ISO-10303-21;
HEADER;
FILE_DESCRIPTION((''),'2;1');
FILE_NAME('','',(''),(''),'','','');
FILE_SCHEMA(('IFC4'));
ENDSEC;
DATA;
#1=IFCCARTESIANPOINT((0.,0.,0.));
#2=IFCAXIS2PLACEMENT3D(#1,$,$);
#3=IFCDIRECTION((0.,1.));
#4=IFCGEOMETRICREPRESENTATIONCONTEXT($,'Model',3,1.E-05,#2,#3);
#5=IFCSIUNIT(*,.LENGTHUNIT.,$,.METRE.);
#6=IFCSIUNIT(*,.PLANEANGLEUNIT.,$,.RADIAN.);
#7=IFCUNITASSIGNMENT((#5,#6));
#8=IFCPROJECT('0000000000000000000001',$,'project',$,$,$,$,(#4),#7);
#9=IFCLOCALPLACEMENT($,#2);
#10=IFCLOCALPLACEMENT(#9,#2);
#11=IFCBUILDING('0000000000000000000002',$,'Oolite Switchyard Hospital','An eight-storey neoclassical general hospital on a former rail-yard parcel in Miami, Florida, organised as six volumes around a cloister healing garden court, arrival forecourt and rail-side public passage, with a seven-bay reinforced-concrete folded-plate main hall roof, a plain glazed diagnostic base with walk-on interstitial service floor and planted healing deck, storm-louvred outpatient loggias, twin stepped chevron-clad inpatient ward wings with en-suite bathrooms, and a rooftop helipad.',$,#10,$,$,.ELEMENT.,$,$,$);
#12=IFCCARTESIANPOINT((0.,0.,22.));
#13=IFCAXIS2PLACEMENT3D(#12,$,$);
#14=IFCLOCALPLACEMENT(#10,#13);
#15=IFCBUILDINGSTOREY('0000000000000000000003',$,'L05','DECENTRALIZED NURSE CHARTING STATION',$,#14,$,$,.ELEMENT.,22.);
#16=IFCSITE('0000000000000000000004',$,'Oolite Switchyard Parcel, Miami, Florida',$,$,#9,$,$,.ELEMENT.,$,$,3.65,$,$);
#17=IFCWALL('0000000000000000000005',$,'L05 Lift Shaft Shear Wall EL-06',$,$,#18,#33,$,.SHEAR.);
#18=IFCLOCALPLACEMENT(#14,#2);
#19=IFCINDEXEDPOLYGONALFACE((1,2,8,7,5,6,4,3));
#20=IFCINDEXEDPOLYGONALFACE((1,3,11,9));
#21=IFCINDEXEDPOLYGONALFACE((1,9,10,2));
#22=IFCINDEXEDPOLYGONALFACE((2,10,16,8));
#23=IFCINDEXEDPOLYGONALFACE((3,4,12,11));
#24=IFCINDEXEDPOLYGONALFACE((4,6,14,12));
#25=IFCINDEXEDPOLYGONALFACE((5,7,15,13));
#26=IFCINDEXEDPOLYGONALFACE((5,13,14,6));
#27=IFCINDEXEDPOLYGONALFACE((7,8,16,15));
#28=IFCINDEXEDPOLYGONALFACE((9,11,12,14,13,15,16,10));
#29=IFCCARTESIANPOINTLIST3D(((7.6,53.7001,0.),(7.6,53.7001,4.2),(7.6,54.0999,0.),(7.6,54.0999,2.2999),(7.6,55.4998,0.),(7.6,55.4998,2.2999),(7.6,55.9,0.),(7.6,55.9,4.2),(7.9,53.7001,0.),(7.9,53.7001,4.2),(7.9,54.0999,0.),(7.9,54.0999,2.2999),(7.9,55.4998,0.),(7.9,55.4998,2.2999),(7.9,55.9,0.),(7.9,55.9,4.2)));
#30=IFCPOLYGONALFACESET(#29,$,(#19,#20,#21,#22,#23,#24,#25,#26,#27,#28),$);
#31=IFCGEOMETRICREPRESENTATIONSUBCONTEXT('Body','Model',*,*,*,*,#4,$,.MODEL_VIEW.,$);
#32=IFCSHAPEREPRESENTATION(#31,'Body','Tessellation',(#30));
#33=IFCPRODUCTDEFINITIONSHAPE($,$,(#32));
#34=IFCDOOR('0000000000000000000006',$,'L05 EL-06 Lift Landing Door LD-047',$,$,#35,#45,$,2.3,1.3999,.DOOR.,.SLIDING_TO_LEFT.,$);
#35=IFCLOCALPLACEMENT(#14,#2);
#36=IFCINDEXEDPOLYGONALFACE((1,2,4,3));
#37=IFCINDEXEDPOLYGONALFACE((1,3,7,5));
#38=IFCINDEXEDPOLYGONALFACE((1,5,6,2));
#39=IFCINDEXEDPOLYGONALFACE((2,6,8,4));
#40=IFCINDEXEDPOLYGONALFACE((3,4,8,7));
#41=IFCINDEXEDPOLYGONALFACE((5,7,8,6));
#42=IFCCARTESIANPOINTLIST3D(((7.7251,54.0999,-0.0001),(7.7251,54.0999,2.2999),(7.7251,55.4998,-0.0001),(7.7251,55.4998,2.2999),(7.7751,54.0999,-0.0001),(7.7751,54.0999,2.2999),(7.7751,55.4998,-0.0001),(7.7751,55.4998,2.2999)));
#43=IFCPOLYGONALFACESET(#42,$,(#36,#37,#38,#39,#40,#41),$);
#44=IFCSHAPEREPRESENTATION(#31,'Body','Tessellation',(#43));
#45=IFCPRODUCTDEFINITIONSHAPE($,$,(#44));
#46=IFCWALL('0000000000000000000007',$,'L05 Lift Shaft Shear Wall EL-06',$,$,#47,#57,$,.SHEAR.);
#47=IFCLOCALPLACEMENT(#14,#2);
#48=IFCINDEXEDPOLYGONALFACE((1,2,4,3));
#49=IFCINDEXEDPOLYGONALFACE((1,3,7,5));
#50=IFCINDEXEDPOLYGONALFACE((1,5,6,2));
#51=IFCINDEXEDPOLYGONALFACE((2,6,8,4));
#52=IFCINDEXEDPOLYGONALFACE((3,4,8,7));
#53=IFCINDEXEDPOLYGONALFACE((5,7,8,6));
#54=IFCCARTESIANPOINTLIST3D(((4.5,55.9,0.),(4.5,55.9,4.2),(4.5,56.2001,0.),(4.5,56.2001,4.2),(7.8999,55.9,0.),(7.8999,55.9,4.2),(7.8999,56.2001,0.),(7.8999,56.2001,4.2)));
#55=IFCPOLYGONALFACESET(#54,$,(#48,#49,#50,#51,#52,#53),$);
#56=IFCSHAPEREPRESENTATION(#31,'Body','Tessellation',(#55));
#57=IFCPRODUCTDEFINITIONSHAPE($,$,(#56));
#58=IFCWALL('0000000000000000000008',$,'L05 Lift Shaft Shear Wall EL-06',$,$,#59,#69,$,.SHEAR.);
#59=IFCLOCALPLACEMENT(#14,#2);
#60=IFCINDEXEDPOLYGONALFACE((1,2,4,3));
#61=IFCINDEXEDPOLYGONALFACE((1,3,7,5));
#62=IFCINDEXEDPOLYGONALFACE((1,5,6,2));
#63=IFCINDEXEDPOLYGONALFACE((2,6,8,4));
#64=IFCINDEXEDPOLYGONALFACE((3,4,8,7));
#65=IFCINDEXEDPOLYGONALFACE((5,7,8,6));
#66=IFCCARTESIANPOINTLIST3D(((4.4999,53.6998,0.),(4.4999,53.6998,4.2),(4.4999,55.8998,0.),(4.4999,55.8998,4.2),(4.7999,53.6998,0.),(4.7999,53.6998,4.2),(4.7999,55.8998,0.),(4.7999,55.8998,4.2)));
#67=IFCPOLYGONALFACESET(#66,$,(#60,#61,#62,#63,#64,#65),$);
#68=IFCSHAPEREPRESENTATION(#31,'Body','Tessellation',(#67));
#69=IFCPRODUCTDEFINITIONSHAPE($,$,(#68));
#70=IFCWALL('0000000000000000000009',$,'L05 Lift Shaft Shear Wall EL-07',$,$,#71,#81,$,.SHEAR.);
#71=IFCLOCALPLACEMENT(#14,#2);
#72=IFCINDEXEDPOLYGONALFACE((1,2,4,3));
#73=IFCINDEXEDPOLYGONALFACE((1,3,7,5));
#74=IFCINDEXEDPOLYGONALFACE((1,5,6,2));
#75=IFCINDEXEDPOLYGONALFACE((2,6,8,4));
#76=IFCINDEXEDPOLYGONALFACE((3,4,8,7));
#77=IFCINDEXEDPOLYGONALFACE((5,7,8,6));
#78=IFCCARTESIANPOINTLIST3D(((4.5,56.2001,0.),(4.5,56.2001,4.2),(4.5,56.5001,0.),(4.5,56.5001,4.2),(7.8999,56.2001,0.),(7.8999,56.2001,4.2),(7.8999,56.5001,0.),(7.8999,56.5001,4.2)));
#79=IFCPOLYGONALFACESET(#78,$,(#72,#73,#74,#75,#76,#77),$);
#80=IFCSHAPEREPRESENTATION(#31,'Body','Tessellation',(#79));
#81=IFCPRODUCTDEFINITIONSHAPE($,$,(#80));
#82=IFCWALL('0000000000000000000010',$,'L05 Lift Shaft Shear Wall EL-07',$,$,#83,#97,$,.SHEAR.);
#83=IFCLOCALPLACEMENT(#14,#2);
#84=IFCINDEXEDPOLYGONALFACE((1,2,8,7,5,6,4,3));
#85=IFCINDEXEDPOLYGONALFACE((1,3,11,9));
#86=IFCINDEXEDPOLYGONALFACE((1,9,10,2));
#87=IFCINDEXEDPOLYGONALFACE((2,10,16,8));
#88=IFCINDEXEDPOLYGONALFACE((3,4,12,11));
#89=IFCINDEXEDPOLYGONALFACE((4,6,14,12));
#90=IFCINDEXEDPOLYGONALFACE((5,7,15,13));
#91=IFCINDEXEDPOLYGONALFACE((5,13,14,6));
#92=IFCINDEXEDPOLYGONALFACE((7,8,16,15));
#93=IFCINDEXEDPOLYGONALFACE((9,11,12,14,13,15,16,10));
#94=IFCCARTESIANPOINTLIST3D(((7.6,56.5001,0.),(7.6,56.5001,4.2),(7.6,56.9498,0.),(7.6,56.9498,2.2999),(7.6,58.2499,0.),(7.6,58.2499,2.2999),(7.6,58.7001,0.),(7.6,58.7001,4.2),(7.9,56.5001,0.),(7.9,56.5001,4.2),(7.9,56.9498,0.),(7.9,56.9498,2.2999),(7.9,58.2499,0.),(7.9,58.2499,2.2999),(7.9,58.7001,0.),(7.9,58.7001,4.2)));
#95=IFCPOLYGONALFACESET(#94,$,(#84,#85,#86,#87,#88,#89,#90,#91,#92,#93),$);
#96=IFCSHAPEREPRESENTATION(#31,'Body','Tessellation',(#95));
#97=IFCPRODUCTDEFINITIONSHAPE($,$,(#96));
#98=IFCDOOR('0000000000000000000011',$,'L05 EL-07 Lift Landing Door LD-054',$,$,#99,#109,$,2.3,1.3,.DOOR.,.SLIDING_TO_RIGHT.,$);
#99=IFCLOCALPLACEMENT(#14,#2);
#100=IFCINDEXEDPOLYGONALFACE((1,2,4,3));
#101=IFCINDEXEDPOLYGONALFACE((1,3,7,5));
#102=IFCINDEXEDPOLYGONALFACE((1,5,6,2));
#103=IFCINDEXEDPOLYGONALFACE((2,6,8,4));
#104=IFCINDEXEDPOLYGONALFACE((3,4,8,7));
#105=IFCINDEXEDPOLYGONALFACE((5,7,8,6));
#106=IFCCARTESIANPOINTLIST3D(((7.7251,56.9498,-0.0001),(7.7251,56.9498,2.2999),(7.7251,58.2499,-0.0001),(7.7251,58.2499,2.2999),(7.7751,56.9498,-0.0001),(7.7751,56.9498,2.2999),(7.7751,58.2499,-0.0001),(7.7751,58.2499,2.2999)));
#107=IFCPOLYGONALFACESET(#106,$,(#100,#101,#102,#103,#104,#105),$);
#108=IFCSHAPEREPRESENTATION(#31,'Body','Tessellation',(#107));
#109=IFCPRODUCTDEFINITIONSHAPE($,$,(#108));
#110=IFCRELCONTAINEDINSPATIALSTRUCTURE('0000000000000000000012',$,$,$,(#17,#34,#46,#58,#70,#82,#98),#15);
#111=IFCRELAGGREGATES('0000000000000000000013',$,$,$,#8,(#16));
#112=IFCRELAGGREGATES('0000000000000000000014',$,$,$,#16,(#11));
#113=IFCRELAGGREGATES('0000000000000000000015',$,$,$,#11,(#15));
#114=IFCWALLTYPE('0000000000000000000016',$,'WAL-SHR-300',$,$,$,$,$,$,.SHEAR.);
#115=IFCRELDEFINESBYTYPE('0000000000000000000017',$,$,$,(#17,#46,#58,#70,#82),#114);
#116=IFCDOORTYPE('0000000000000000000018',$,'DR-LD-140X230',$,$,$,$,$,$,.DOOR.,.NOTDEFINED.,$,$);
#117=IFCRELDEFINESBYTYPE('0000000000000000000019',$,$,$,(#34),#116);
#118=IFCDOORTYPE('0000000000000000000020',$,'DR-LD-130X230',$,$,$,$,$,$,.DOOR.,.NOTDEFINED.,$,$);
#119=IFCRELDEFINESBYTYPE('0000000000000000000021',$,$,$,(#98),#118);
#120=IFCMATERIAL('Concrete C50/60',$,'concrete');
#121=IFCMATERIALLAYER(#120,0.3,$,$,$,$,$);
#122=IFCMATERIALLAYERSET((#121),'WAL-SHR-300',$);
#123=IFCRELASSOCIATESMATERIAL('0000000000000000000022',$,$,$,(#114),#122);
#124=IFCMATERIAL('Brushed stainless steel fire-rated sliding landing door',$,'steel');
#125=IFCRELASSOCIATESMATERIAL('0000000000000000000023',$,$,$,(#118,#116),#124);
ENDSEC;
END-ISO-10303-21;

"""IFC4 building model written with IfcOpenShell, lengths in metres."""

from ifc_helpers import new_model, si_unit, direction, frame, frame_2d, origin, place, context, subcontext, project, spatial, rectangle, extrude, material, layer, layer_set, type_object, element, fill, save


model = new_model("IFC4")

# Units and contexts
model_context = context("Model", 3, precision=1e-05, world=origin(), true_north=direction((0.0, 1.0)))
body_context = subcontext(model_context, "Body", "Model", "MODEL_VIEW")
ifc_project = project(units=[si_unit("LENGTHUNIT", "METRE"), si_unit("PLANEANGLEUNIT", "RADIAN")], contexts=[model_context])

# Site, building, storey
site_placement = place(None, origin())
site = spatial("IfcSite", under=ifc_project, at=site_placement, Name="Oolite Switchyard Parcel, Miami, Florida", CompositionType="ELEMENT", RefElevation=3.65)
building_placement = place(site_placement, origin())
building = spatial("IfcBuilding", under=site, at=building_placement, Name="Oolite Switchyard Hospital", Description="An eight-storey neoclassical general hospital on a former rail-yard parcel in Miami, Florida, organised as six volumes around a cloister healing garden court, arrival forecourt and rail-side public passage, with a seven-bay reinforced-concrete folded-plate main hall roof, a plain glazed diagnostic base with walk-on interstitial service floor and planted healing deck, storm-louvred outpatient loggias, twin stepped chevron-clad inpatient ward wings with en-suite bathrooms, and a rooftop helipad.", CompositionType="ELEMENT")
storey_placement = place(building_placement, frame((0.0, 0.0, 22.0)))
storey = spatial("IfcBuildingStorey", under=building, at=storey_placement, Name="L05", Description="DECENTRALIZED NURSE CHARTING STATION", CompositionType="ELEMENT", Elevation=22.0)

# Shared definitions
ifc_material_1 = material(Name="Concrete C50/60", Category="concrete")
ifc_layer_1 = layer(ifc_material_1, 0.3)
ifc_layer_set_1 = layer_set([ifc_layer_1], Name="WAL-SHR-300")
wall_type = type_object("IfcWallType", Name="WAL-SHR-300", PredefinedType="SHEAR", material=ifc_layer_set_1)

# Shared definitions
ifc_material_2 = material(Name="Brushed stainless steel fire-rated sliding landing door", Category="steel")
door_type_1 = type_object("IfcDoorType", Name="DR-LD-130X230", OperationType="NOTDEFINED", PredefinedType="DOOR", material=ifc_material_2)

# Wall, opening, door
wall_1_placement = place(storey_placement, frame((7.75, 53.7, 0.0), z_axis=(0.0, 0.0, 1.0), x_axis=(0.0, 1.0, 0.0)))
wall_1 = element("IfcWall", 1, at=wall_1_placement, inside=storey, type_object=wall_type, Name="L05 Lift Shaft Shear Wall EL-06", PredefinedType="SHEAR", context=body_context, shape_type="SweptSolid", body=[
    extrude(rectangle(XDim=2.2, YDim=0.3, at=frame_2d((1.1001, 0.0))), origin(), (0.0, 0.0, 1.0), 4.2),
])
opening_1_placement = place(wall_1_placement, frame((0.3999, 0.0, 0.0)))
opening_1 = element("IfcOpeningElement", 2, at=opening_1_placement, cuts=wall_1, PredefinedType="OPENING", context=body_context, shape_type="SweptSolid", body=[
    extrude(rectangle(XDim=1.3999, YDim=2.3, at=frame_2d((0.7, 1.1499))), frame((0.0, 0.1602, 0.0), z_axis=(0.0, -1.0, 0.0), x_axis=(1.0, 0.0, 0.0)), (0.0, 0.0, 1.0), 0.3201),
])
door_type_2 = type_object("IfcDoorType", Name="DR-LD-140X230", OperationType="NOTDEFINED", PredefinedType="DOOR", material=ifc_material_2)
door_1_placement = place(opening_1_placement, origin())
door_1 = element("IfcDoor", 3, at=door_1_placement, inside=storey, type_object=door_type_2, Name="L05 EL-06 Lift Landing Door LD-047", OperationType="SLIDING_TO_LEFT", OverallHeight=2.3, OverallWidth=1.3999, PredefinedType="DOOR", context=body_context, shape_type="SweptSolid", body=[
    extrude(rectangle(XDim=1.3999, YDim=2.3, at=frame_2d((0.7, 1.1499))), frame((0.0, 0.0249, 0.0), z_axis=(0.0, -1.0, 0.0), x_axis=(1.0, 0.0, 0.0)), (0.0, 0.0, 1.0), 0.05),
])
fill(opening_1, door_1)

# Walls
wall_2_placement = place(storey_placement, frame((7.8999, 56.05, 0.0), z_axis=(0.0, 0.0, 1.0), x_axis=(-1.0, 0.0, 0.0)))
element("IfcWall", 4, at=wall_2_placement, inside=storey, type_object=wall_type, Name="L05 Lift Shaft Shear Wall EL-06", PredefinedType="SHEAR", context=body_context, shape_type="SweptSolid", body=[
    extrude(rectangle(XDim=3.3999, YDim=0.3, at=frame_2d((1.7, 0.0))), origin(), (0.0, 0.0, 1.0), 4.2),
])
wall_3_placement = place(storey_placement, frame((4.6499, 55.8999, 0.0), z_axis=(0.0, 0.0, 1.0), x_axis=(0.0, -1.0, 0.0)))
element("IfcWall", 5, at=wall_3_placement, inside=storey, type_object=wall_type, Name="L05 Lift Shaft Shear Wall EL-06", PredefinedType="SHEAR", context=body_context, shape_type="SweptSolid", body=[
    extrude(rectangle(XDim=2.2, YDim=0.3, at=frame_2d((1.1001, 0.0))), origin(), (0.0, 0.0, 1.0), 4.2),
])
wall_4_placement = place(storey_placement, frame((4.5, 56.3501, 0.0), z_axis=(0.0, 0.0, 1.0), x_axis=(1.0, 0.0, 0.0)))
element("IfcWall", 6, at=wall_4_placement, inside=storey, type_object=wall_type, Name="L05 Lift Shaft Shear Wall EL-07", PredefinedType="SHEAR", context=body_context, shape_type="SweptSolid", body=[
    extrude(rectangle(XDim=3.3999, YDim=0.3, at=frame_2d((1.7, 0.0))), origin(), (0.0, 0.0, 1.0), 4.2),
])

# Wall, opening, door
wall_5_placement = place(storey_placement, frame((7.75, 56.5, 0.0), z_axis=(0.0, 0.0, 1.0), x_axis=(0.0, 1.0, 0.0)))
wall_5 = element("IfcWall", 7, at=wall_5_placement, inside=storey, type_object=wall_type, Name="L05 Lift Shaft Shear Wall EL-07", PredefinedType="SHEAR", context=body_context, shape_type="SweptSolid", body=[
    extrude(rectangle(XDim=2.2, YDim=0.3, at=frame_2d((1.1001, 0.0))), origin(), (0.0, 0.0, 1.0), 4.2),
])
opening_2_placement = place(wall_5_placement, frame((0.45, 0.0, 0.0)))
opening_2 = element("IfcOpeningElement", 8, at=opening_2_placement, cuts=wall_5, PredefinedType="OPENING", context=body_context, shape_type="SweptSolid", body=[
    extrude(rectangle(XDim=1.3, YDim=2.3, at=frame_2d((0.6499, 1.1499))), frame((0.0, 0.1602, 0.0), z_axis=(0.0, -1.0, 0.0), x_axis=(1.0, 0.0, 0.0)), (0.0, 0.0, 1.0), 0.3201),
])
door_2_placement = place(opening_2_placement, origin())
door_2 = element("IfcDoor", 9, at=door_2_placement, inside=storey, type_object=door_type_1, Name="L05 EL-07 Lift Landing Door LD-054", OperationType="SLIDING_TO_RIGHT", OverallHeight=2.3, OverallWidth=1.3, PredefinedType="DOOR", context=body_context, shape_type="SweptSolid", body=[
    extrude(rectangle(XDim=1.3, YDim=2.3, at=frame_2d((0.6499, 1.1499))), frame((0.0, 0.0249, 0.0), z_axis=(0.0, -1.0, 0.0), x_axis=(1.0, 0.0, 0.0)), (0.0, 0.0, 1.0), 0.05),
])
fill(opening_2, door_2)

save(model, "model.ifc")
